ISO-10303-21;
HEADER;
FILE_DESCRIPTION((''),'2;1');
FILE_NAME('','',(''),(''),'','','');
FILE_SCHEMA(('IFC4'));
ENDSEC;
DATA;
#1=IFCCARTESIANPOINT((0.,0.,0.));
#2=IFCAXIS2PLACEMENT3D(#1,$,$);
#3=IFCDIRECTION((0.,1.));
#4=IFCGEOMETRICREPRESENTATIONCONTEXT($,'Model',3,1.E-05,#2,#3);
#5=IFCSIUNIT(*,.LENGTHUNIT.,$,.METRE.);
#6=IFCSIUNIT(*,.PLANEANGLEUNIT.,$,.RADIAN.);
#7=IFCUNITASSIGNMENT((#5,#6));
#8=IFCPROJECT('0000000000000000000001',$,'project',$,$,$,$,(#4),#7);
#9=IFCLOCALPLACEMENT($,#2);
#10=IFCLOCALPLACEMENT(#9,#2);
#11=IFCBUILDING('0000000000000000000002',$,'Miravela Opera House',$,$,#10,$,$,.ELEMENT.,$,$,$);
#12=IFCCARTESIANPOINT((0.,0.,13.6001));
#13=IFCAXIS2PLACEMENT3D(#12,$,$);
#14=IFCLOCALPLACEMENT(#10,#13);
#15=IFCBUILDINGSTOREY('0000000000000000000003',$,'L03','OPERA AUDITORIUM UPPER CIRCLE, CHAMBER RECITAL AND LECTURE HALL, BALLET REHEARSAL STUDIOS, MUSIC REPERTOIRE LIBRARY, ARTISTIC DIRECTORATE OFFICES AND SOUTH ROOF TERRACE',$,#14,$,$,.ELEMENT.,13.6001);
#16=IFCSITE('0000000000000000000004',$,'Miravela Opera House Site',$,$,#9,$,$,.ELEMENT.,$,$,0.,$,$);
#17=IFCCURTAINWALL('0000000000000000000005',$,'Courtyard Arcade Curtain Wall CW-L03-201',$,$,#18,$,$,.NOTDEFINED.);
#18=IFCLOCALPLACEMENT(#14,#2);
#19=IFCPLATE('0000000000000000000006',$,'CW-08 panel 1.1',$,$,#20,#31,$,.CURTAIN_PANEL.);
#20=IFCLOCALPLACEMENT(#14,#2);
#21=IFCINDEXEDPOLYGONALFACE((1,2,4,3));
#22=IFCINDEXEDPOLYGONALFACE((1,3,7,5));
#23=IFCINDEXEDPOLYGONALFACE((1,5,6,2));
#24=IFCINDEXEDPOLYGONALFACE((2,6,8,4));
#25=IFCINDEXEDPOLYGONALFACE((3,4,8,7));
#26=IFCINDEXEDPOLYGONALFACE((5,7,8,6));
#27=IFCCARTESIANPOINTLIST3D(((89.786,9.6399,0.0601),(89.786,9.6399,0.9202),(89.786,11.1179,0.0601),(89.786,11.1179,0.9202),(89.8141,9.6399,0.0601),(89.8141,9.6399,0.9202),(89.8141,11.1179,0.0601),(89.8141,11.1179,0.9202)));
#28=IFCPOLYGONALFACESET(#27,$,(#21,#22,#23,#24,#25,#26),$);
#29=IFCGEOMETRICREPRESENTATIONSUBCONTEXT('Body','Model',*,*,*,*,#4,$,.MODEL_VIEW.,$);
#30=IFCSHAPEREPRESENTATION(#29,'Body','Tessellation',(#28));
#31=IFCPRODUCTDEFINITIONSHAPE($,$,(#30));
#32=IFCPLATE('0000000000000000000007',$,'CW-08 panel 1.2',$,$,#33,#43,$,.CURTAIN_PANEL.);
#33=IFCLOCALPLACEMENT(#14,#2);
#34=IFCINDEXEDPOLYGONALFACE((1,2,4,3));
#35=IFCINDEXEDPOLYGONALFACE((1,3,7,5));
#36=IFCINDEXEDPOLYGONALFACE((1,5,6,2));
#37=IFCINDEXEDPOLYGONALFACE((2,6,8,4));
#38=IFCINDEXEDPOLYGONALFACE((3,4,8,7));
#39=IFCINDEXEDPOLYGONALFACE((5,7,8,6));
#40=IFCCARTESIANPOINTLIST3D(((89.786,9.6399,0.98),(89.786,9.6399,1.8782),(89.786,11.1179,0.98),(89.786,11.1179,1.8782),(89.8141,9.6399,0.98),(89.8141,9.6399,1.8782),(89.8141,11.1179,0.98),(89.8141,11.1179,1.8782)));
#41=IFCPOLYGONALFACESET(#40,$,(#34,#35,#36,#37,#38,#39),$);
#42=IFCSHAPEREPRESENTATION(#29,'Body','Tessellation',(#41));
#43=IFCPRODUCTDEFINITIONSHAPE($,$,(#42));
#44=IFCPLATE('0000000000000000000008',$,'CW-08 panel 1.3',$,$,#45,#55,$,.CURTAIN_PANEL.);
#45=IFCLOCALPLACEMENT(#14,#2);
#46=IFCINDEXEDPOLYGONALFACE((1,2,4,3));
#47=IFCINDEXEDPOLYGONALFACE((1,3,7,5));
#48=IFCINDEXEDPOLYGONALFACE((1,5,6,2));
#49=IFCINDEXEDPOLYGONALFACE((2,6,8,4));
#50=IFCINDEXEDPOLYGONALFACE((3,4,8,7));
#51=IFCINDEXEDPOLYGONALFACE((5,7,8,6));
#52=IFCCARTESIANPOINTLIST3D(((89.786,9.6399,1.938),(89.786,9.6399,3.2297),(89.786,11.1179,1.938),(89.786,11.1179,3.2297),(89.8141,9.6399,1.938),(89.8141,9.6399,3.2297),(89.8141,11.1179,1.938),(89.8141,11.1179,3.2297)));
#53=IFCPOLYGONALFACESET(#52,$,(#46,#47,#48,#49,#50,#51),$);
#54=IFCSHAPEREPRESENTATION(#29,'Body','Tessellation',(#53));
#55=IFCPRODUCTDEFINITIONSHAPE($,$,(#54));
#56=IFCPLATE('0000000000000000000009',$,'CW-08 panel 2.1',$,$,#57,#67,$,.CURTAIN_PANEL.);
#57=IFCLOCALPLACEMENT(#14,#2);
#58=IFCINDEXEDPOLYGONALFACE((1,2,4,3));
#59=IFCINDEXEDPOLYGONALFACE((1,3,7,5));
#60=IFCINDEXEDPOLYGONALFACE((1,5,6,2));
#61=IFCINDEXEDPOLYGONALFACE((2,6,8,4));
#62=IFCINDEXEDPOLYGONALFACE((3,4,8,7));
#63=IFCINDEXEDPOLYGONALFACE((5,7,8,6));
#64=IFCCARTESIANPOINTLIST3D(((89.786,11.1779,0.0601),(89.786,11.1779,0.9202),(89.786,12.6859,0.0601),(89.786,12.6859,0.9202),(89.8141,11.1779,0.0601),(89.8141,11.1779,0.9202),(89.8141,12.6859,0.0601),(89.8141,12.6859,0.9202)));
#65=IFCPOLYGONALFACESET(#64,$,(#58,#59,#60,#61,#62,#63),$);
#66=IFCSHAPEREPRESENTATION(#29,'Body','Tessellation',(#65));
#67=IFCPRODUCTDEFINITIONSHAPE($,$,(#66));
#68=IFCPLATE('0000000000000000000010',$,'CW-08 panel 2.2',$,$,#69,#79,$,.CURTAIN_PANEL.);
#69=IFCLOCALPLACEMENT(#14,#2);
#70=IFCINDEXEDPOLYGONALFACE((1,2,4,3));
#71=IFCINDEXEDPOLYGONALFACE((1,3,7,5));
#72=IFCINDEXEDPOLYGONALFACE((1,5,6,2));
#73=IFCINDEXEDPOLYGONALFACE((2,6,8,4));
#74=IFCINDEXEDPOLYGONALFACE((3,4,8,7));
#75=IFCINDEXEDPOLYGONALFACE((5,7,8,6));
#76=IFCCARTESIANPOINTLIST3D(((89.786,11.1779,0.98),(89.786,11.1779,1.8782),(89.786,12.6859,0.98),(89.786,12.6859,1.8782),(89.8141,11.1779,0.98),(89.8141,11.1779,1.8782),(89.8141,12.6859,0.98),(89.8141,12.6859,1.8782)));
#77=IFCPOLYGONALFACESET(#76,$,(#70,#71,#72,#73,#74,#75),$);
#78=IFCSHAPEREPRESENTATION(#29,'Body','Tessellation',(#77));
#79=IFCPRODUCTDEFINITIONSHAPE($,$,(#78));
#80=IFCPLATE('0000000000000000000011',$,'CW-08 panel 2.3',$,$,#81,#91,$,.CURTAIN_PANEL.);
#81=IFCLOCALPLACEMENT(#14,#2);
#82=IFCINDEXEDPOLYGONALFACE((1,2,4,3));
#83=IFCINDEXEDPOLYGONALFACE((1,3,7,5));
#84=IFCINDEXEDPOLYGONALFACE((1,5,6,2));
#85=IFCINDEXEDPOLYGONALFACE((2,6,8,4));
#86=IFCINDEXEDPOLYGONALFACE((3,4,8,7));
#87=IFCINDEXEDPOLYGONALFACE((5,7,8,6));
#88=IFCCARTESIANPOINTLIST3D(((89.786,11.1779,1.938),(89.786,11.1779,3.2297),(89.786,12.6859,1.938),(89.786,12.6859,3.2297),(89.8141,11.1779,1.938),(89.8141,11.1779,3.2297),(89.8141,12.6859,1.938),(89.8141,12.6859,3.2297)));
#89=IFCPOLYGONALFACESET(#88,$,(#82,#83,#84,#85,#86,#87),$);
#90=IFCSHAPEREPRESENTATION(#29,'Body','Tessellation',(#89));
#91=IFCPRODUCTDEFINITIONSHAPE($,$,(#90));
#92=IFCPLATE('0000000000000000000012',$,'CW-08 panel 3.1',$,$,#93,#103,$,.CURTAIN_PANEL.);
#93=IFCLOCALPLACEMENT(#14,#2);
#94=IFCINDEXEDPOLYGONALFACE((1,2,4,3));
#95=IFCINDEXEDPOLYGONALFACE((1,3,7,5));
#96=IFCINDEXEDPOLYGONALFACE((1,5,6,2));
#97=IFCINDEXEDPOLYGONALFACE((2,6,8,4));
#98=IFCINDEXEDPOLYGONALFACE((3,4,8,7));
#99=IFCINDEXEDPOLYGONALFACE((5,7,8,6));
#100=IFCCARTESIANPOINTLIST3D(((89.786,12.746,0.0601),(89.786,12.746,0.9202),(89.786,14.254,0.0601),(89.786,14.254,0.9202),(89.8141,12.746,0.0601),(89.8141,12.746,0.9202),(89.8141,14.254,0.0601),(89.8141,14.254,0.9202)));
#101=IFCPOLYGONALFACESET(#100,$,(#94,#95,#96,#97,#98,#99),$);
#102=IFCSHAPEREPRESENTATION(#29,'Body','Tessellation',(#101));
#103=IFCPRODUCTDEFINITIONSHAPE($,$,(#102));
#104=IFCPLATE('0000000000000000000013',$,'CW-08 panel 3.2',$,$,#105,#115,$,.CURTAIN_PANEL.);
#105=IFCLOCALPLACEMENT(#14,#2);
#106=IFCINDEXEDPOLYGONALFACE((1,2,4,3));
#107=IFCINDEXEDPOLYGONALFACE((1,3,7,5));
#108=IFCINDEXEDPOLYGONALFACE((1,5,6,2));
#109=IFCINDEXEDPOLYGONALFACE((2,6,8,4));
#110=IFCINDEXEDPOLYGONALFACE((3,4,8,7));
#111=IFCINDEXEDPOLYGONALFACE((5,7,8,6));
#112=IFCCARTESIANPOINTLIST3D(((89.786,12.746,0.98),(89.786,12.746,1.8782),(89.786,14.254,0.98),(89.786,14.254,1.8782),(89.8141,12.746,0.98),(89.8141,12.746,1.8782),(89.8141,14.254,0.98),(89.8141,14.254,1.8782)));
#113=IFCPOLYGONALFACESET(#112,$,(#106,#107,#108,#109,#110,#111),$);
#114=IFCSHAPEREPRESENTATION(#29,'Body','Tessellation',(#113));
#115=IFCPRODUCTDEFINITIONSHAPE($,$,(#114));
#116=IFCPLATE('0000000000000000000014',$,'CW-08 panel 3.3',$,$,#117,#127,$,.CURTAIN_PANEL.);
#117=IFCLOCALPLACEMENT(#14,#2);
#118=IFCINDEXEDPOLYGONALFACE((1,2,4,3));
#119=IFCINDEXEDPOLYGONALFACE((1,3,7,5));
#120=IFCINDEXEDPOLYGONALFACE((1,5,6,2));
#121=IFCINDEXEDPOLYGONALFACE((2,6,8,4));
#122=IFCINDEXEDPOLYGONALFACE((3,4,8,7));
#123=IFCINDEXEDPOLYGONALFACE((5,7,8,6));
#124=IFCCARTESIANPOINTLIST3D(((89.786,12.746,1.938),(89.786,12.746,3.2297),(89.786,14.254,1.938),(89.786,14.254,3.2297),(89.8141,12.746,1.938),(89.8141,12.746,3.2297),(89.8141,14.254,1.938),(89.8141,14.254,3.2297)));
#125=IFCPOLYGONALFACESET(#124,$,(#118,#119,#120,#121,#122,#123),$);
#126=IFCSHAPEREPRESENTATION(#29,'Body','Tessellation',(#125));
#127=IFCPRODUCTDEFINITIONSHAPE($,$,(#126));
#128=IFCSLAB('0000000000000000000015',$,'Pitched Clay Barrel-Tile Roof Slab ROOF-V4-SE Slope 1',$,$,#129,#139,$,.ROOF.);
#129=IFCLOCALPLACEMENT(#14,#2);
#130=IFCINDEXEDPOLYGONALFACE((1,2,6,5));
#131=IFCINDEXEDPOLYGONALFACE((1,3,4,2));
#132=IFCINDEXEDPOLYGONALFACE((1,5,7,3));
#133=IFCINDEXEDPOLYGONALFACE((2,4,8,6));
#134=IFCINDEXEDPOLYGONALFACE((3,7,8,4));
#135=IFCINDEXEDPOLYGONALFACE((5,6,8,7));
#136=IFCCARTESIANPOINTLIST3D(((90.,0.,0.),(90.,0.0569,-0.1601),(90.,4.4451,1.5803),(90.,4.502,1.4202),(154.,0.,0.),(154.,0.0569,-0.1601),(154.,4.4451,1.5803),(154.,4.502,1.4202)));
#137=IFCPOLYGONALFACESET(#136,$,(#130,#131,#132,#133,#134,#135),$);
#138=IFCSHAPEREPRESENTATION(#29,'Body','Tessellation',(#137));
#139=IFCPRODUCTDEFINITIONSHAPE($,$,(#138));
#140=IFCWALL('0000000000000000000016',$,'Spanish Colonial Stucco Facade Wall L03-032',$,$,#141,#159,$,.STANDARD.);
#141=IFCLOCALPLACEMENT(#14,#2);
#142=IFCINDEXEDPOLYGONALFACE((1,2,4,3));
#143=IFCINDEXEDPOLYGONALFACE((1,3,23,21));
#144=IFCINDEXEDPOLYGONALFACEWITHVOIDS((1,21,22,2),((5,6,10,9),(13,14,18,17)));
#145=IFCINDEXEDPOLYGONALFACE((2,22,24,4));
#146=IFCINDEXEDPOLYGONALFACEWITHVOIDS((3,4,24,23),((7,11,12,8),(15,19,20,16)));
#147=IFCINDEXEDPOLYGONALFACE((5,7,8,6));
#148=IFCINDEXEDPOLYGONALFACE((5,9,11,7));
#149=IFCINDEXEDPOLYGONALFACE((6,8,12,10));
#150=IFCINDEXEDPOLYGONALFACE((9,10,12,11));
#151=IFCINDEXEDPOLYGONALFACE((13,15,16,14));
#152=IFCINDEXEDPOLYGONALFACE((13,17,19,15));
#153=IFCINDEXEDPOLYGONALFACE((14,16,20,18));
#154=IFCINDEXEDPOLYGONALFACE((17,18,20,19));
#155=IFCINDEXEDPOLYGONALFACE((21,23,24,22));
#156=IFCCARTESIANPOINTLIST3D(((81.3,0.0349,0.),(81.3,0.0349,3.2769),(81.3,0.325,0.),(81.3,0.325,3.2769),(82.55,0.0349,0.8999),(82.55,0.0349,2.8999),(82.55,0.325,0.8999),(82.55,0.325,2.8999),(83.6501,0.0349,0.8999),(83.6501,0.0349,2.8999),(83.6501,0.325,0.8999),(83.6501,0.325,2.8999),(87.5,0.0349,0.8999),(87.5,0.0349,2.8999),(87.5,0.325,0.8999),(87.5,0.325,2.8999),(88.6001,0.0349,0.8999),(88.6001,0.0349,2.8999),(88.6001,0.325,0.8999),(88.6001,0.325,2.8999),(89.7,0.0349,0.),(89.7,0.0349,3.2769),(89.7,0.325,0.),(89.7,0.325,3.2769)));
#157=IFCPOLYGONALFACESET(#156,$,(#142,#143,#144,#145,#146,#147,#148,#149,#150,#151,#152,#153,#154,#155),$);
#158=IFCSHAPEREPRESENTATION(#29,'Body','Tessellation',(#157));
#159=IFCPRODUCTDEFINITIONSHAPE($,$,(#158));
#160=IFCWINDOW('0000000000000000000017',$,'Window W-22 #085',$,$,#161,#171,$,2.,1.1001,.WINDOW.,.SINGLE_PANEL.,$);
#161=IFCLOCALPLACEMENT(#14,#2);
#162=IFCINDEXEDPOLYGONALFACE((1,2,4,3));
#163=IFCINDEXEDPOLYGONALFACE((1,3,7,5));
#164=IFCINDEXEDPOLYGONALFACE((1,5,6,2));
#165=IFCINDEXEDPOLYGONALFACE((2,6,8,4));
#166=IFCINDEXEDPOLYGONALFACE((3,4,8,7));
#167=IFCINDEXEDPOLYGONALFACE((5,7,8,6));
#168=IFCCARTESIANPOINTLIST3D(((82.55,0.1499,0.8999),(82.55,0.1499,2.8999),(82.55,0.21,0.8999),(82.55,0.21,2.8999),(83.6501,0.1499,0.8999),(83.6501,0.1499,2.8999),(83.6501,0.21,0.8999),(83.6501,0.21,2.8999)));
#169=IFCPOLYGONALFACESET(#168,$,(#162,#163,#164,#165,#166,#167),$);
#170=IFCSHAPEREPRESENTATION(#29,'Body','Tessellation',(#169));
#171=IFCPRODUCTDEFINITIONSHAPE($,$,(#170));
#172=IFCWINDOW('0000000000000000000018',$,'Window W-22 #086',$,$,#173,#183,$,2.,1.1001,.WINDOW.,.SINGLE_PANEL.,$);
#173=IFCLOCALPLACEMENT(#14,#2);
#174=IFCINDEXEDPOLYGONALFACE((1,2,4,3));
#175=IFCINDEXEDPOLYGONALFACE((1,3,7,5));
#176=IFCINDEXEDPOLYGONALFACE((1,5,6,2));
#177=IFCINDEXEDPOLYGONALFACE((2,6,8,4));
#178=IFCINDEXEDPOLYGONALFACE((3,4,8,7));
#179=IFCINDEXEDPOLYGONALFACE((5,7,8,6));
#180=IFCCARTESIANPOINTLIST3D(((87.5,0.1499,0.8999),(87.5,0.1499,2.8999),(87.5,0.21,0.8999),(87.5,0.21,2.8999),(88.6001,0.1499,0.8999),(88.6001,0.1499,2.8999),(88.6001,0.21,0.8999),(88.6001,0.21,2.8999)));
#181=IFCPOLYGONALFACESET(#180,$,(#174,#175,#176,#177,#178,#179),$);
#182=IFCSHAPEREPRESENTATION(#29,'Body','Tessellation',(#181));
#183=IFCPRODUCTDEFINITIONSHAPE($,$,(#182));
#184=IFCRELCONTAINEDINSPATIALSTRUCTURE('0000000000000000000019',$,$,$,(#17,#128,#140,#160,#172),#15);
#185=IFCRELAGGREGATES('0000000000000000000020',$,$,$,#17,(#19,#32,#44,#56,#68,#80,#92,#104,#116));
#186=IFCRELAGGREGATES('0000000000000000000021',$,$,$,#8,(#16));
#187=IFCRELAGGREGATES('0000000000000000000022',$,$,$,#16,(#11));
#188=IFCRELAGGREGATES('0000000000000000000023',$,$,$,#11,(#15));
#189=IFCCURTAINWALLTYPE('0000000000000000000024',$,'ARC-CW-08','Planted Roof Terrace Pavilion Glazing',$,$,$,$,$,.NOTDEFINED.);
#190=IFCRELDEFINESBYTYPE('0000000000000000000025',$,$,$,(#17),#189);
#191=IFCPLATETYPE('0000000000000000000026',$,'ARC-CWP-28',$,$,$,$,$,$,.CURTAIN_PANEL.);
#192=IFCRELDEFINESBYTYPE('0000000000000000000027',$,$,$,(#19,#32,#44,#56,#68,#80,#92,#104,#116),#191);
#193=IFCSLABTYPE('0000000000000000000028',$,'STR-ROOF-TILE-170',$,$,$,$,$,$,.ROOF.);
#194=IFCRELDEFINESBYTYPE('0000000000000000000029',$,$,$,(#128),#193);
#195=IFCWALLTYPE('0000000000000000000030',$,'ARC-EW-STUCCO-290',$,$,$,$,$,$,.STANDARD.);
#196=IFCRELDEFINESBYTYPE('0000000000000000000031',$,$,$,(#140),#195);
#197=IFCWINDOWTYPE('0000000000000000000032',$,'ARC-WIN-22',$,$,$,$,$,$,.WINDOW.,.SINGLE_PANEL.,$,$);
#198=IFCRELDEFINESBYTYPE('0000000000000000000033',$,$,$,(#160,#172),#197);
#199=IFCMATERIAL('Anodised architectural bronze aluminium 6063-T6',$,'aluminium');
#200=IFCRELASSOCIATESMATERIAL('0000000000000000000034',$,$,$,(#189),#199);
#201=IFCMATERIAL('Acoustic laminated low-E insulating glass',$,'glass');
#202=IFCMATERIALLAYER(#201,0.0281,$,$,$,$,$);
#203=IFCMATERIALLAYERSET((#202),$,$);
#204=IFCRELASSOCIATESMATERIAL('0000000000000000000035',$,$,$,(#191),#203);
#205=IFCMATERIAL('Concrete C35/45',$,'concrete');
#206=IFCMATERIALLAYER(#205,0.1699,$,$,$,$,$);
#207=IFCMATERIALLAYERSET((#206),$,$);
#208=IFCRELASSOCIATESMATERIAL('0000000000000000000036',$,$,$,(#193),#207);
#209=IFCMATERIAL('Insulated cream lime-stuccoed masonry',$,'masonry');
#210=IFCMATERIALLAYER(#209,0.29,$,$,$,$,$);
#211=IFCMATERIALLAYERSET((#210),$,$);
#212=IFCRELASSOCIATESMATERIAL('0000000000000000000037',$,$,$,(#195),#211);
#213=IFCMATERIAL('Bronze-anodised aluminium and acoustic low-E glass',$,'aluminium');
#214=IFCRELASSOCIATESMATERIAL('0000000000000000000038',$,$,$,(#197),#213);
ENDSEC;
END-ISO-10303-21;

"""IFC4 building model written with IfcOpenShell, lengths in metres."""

from ifc_helpers import new_model, si_unit, direction, frame, frame_2d, origin, origin_2d, place, context, subcontext, project, spatial, polyline, rectangle, outline, extrude, material, layer, layer_set, type_object, element, fill, aggregate, save


model = new_model("IFC4")

# Units and contexts
model_context = context("Model", 3, precision=1e-05, world=origin(), true_north=direction((0.0, 1.0)))
body_context = subcontext(model_context, "Body", "Model", "MODEL_VIEW")
ifc_project = project(units=[si_unit("LENGTHUNIT", "METRE"), si_unit("PLANEANGLEUNIT", "RADIAN")], contexts=[model_context])

# Site, building, storey
site_placement = place(None, origin())
site = spatial("IfcSite", under=ifc_project, at=site_placement, Name="Miravela Opera House Site", CompositionType="ELEMENT", RefElevation=0.0)
building_placement = place(site_placement, origin())
building = spatial("IfcBuilding", under=site, at=building_placement, Name="Miravela Opera House", CompositionType="ELEMENT")
storey_placement = place(building_placement, frame((0.0, 0.0, 13.6001)))
storey = spatial("IfcBuildingStorey", under=building, at=storey_placement, Name="L03", Description="OPERA AUDITORIUM UPPER CIRCLE, CHAMBER RECITAL AND LECTURE HALL, BALLET REHEARSAL STUDIOS, MUSIC REPERTOIRE LIBRARY, ARTISTIC DIRECTORATE OFFICES AND SOUTH ROOF TERRACE", CompositionType="ELEMENT", Elevation=13.6001)

# Shared definitions
ifc_material_1 = material(Name="Concrete C35/45", Category="concrete")

# Curtain wall
ifc_material_2 = material(Name="Anodised architectural bronze aluminium 6063-T6", Category="aluminium")
curtain_wall_type = type_object("IfcCurtainWallType", Name="ARC-CW-08", Description="Planted Roof Terrace Pavilion Glazing", PredefinedType="NOTDEFINED", material=ifc_material_2)
curtain_wall_placement = place(storey_placement, origin())
curtain_wall = element("IfcCurtainWall", 1, at=curtain_wall_placement, inside=storey, type_object=curtain_wall_type, Name="Courtyard Arcade Curtain Wall CW-L03-201", PredefinedType="NOTDEFINED")

# Plates
ifc_material_3 = material(Name="Acoustic laminated low-E insulating glass", Category="glass")
ifc_layer_1 = layer(ifc_material_3, 0.0281)
ifc_layer_set_1 = layer_set([ifc_layer_1])
plate_type = type_object("IfcPlateType", Name="ARC-CWP-28", PredefinedType="CURTAIN_PANEL", material=ifc_layer_set_1)
plate_1_placement = place(storey_placement, frame((89.8, 10.3789, 0.0601), z_axis=(0.0, 0.0, 1.0), x_axis=(0.0, 1.0, 0.0)))
plate_1 = element("IfcPlate", 2, at=plate_1_placement, type_object=plate_type, Name="CW-08 panel 1.1", PredefinedType="CURTAIN_PANEL", context=body_context, shape_type="SweptSolid", body=[
    extrude(rectangle(XDim=1.478, YDim=0.0281, at=origin_2d()), origin(), (0.0, 0.0, 1.0), 0.8601),
])
plate_2_placement = place(storey_placement, frame((89.8, 10.3789, 0.98), z_axis=(0.0, 0.0, 1.0), x_axis=(0.0, 1.0, 0.0)))
plate_2 = element("IfcPlate", 3, at=plate_2_placement, type_object=plate_type, Name="CW-08 panel 1.2", PredefinedType="CURTAIN_PANEL", context=body_context, shape_type="SweptSolid", body=[
    extrude(rectangle(XDim=1.478, YDim=0.0281, at=origin_2d()), origin(), (0.0, 0.0, 1.0), 0.8982),
])
plate_3_placement = place(storey_placement, frame((89.8, 10.3789, 1.938), z_axis=(0.0, 0.0, 1.0), x_axis=(0.0, 1.0, 0.0)))
plate_3 = element("IfcPlate", 4, at=plate_3_placement, type_object=plate_type, Name="CW-08 panel 1.3", PredefinedType="CURTAIN_PANEL", context=body_context, shape_type="SweptSolid", body=[
    extrude(rectangle(XDim=1.478, YDim=0.0281, at=origin_2d()), origin(), (0.0, 0.0, 1.0), 1.2917),
])
plate_4_placement = place(storey_placement, frame((89.8, 11.9319, 0.0601), z_axis=(0.0, 0.0, 1.0), x_axis=(0.0, 1.0, 0.0)))
plate_4 = element("IfcPlate", 5, at=plate_4_placement, type_object=plate_type, Name="CW-08 panel 2.1", PredefinedType="CURTAIN_PANEL", context=body_context, shape_type="SweptSolid", body=[
    extrude(rectangle(XDim=1.5081, YDim=0.0281, at=origin_2d()), origin(), (0.0, 0.0, 1.0), 0.8601),
])
plate_5_placement = place(storey_placement, frame((89.8, 11.9319, 0.98), z_axis=(0.0, 0.0, 1.0), x_axis=(0.0, 1.0, 0.0)))
plate_5 = element("IfcPlate", 6, at=plate_5_placement, type_object=plate_type, Name="CW-08 panel 2.2", PredefinedType="CURTAIN_PANEL", context=body_context, shape_type="SweptSolid", body=[
    extrude(rectangle(XDim=1.5081, YDim=0.0281, at=origin_2d()), origin(), (0.0, 0.0, 1.0), 0.8982),
])
plate_6_placement = place(storey_placement, frame((89.8, 11.9319, 1.938), z_axis=(0.0, 0.0, 1.0), x_axis=(0.0, 1.0, 0.0)))
plate_6 = element("IfcPlate", 7, at=plate_6_placement, type_object=plate_type, Name="CW-08 panel 2.3", PredefinedType="CURTAIN_PANEL", context=body_context, shape_type="SweptSolid", body=[
    extrude(rectangle(XDim=1.5081, YDim=0.0281, at=origin_2d()), origin(), (0.0, 0.0, 1.0), 1.2917),
])
plate_7_placement = place(storey_placement, frame((89.8, 13.5, 0.0601), z_axis=(0.0, 0.0, 1.0), x_axis=(0.0, 1.0, 0.0)))
plate_7 = element("IfcPlate", 8, at=plate_7_placement, type_object=plate_type, Name="CW-08 panel 3.1", PredefinedType="CURTAIN_PANEL", context=body_context, shape_type="SweptSolid", body=[
    extrude(rectangle(XDim=1.5081, YDim=0.0281, at=origin_2d()), origin(), (0.0, 0.0, 1.0), 0.8601),
])
plate_8_placement = place(storey_placement, frame((89.8, 13.5, 0.98), z_axis=(0.0, 0.0, 1.0), x_axis=(0.0, 1.0, 0.0)))
plate_8 = element("IfcPlate", 9, at=plate_8_placement, type_object=plate_type, Name="CW-08 panel 3.2", PredefinedType="CURTAIN_PANEL", context=body_context, shape_type="SweptSolid", body=[
    extrude(rectangle(XDim=1.5081, YDim=0.0281, at=origin_2d()), origin(), (0.0, 0.0, 1.0), 0.8982),
])
plate_9_placement = place(storey_placement, frame((89.8, 13.5, 1.938), z_axis=(0.0, 0.0, 1.0), x_axis=(0.0, 1.0, 0.0)))
plate_9 = element("IfcPlate", 10, at=plate_9_placement, type_object=plate_type, Name="CW-08 panel 3.3", PredefinedType="CURTAIN_PANEL", context=body_context, shape_type="SweptSolid", body=[
    extrude(rectangle(XDim=1.5081, YDim=0.0281, at=origin_2d()), origin(), (0.0, 0.0, 1.0), 1.2917),
])
aggregate(curtain_wall, [plate_1, plate_2, plate_3, plate_4, plate_5, plate_6, plate_7, plate_8, plate_9])

# Slab
ifc_layer_2 = layer(ifc_material_1, 0.1699)
ifc_layer_set_2 = layer_set([ifc_layer_2])
slab_type = type_object("IfcSlabType", Name="STR-ROOF-TILE-170", PredefinedType="ROOF", material=ifc_layer_set_2)
slab_placement = place(storey_placement, frame((90.0, 0.0, 0.0), z_axis=(0.0, -0.334982, 0.942224), x_axis=(1.0, 0.0, 0.0)))
element("IfcSlab", 11, at=slab_placement, inside=storey, type_object=slab_type, Name="Pitched Clay Barrel-Tile Roof Slab ROOF-V4-SE Slope 1", PredefinedType="ROOF", context=body_context, shape_type="SweptSolid", body=[
    extrude(outline(polyline([(0.0, 0.0), (64.0, 0.0), (64.0, 4.7176), (0.0, 4.7176), (0.0, 0.0)])), origin(), (0.0, 0.0, -1.0), 0.1699),
])

# Wall, openings, windows
ifc_material_4 = material(Name="Insulated cream lime-stuccoed masonry", Category="masonry")
ifc_layer_3 = layer(ifc_material_4, 0.29)
ifc_layer_set_3 = layer_set([ifc_layer_3])
wall_type_1 = type_object("IfcWallType", Name="ARC-EW-STUCCO-290", PredefinedType="STANDARD", material=ifc_layer_set_3)
wall_1_placement = place(storey_placement, frame((81.3, 0.1799, 0.0), z_axis=(0.0, 0.0, 1.0), x_axis=(1.0, 0.0, 0.0)))
wall_1 = element("IfcWall", 12, at=wall_1_placement, inside=storey, type_object=wall_type_1, Name="Spanish Colonial Stucco Facade Wall L03-032", PredefinedType="STANDARD", context=body_context, shape_type="SweptSolid", body=[
    extrude(rectangle(XDim=8.3999, YDim=0.29, at=frame_2d((4.2, 0.0))), origin(), (0.0, 0.0, 1.0), 3.2769),
])
opening_1_placement = place(wall_1_placement, frame((1.25, 0.0, 0.8999)))
opening_1 = element("IfcOpeningElement", 13, at=opening_1_placement, cuts=wall_1, PredefinedType="OPENING", context=body_context, shape_type="SweptSolid", body=[
    extrude(rectangle(XDim=1.1001, YDim=2.0, at=frame_2d((0.55, 1.0))), frame((0.0, 0.155, 0.0), z_axis=(0.0, -1.0, 0.0), x_axis=(1.0, 0.0, 0.0)), (0.0, 0.0, 1.0), 0.3101),
])
opening_2_placement = place(wall_1_placement, frame((6.2, 0.0, 0.8999)))
opening_2 = element("IfcOpeningElement", 14, at=opening_2_placement, cuts=wall_1, PredefinedType="OPENING", context=body_context, shape_type="SweptSolid", body=[
    extrude(rectangle(XDim=1.1001, YDim=2.0, at=frame_2d((0.55, 1.0))), frame((0.0, 0.155, 0.0), z_axis=(0.0, -1.0, 0.0), x_axis=(1.0, 0.0, 0.0)), (0.0, 0.0, 1.0), 0.3101),
])
ifc_material_5 = material(Name="Bronze-anodised aluminium and acoustic low-E glass", Category="aluminium")
window_type = type_object("IfcWindowType", Name="ARC-WIN-22", PartitioningType="SINGLE_PANEL", PredefinedType="WINDOW", material=ifc_material_5)
window_1_placement = place(opening_1_placement, origin())
window_1 = element("IfcWindow", 15, at=window_1_placement, inside=storey, type_object=window_type, Name="Window W-22 #085", OverallHeight=2.0, OverallWidth=1.1001, PartitioningType="SINGLE_PANEL", PredefinedType="WINDOW", context=body_context, shape_type="SweptSolid", body=[
    extrude(rectangle(XDim=1.1001, YDim=2.0, at=frame_2d((0.55, 1.0))), frame((0.0, 0.03, 0.0), z_axis=(0.0, -1.0, 0.0), x_axis=(1.0, 0.0, 0.0)), (0.0, 0.0, 1.0), 0.0601),
])
fill(opening_1, window_1)
window_2_placement = place(opening_2_placement, origin())
window_2 = element("IfcWindow", 16, at=window_2_placement, inside=storey, type_object=window_type, Name="Window W-22 #086", OverallHeight=2.0, OverallWidth=1.1001, PartitioningType="SINGLE_PANEL", PredefinedType="WINDOW", context=body_context, shape_type="SweptSolid", body=[
    extrude(rectangle(XDim=1.1001, YDim=2.0, at=frame_2d((0.55, 1.0))), frame((0.0, 0.03, 0.0), z_axis=(0.0, -1.0, 0.0), x_axis=(1.0, 0.0, 0.0)), (0.0, 0.0, 1.0), 0.0601),
])
fill(opening_2, window_2)

save(model, "model.ifc")
